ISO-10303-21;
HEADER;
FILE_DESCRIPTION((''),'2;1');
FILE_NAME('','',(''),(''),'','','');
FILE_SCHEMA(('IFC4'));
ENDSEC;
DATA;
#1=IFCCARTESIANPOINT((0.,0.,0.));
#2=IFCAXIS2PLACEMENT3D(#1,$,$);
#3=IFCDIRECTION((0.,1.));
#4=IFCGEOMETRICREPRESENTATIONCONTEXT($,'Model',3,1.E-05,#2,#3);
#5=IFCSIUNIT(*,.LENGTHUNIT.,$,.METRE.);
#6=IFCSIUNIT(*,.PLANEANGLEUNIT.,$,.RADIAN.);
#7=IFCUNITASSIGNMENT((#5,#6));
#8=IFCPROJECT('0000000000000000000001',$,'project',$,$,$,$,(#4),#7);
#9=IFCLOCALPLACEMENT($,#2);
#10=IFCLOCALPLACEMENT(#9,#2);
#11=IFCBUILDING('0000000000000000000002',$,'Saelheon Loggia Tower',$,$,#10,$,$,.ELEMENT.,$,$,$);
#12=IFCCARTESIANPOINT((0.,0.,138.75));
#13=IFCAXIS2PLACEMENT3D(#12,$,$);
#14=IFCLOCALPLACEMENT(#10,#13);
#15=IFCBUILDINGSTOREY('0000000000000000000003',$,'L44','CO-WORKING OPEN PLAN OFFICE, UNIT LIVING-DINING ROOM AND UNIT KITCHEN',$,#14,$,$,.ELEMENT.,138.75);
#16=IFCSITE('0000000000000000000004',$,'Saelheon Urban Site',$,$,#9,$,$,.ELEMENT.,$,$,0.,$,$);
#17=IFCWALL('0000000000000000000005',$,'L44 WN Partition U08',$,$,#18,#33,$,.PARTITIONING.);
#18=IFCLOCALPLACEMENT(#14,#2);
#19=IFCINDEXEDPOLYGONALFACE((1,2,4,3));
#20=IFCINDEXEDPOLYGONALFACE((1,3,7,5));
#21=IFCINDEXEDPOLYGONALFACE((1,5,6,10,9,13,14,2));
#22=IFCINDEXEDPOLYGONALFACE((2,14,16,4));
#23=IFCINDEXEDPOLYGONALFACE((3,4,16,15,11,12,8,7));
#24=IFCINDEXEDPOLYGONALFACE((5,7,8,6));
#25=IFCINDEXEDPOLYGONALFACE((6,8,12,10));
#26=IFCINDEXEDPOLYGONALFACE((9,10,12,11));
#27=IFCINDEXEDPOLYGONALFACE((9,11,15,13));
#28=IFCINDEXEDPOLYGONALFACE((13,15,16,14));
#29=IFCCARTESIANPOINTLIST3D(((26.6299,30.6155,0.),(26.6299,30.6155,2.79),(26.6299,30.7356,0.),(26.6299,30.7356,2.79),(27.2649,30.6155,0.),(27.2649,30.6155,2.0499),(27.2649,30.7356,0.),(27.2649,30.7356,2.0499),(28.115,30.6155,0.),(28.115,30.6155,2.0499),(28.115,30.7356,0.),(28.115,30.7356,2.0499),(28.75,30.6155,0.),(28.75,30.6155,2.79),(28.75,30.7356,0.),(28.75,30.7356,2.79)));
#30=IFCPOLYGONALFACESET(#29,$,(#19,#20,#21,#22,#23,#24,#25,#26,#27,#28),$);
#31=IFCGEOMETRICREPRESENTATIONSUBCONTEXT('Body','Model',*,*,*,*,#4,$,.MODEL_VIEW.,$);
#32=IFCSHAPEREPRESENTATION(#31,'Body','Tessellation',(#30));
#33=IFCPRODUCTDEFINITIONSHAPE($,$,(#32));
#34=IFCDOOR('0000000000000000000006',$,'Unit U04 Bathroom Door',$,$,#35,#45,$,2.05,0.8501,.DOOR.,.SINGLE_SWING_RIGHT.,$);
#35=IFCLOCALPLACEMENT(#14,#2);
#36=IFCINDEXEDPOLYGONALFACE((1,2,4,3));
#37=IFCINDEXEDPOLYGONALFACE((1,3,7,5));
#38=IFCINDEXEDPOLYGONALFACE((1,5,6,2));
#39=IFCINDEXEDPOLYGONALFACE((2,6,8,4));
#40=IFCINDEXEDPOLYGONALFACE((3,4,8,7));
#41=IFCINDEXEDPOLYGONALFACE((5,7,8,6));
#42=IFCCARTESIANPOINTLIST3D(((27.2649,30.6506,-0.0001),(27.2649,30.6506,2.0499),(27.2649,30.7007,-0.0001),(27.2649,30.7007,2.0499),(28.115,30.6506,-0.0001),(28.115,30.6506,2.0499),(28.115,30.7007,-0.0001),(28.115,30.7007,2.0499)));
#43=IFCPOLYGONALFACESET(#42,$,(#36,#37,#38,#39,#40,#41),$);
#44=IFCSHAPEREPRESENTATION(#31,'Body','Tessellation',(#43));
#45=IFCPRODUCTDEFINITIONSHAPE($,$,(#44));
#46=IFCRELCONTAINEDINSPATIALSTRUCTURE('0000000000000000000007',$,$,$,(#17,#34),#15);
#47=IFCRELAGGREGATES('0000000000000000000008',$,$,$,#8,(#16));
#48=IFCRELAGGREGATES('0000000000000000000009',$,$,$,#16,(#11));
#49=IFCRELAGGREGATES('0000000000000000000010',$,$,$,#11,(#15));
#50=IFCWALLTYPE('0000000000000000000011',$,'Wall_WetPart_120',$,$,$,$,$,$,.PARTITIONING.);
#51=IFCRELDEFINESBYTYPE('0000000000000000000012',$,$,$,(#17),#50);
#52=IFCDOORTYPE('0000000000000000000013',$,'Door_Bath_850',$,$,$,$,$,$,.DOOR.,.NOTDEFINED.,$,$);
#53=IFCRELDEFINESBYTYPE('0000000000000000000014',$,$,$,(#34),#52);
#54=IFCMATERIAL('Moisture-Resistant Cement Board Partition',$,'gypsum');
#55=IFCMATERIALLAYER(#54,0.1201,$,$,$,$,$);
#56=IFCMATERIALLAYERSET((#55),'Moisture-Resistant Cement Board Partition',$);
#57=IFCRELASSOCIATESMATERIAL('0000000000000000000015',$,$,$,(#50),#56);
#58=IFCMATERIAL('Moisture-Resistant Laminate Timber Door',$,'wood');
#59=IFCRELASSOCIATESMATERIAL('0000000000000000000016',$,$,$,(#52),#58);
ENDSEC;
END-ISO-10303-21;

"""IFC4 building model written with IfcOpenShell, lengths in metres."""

from ifc_helpers import new_model, si_unit, direction, frame, frame_2d, origin, place, context, subcontext, project, spatial, rectangle, extrude, source, transform, mapped, material, layer, layer_set, type_object, element, fill, save


model = new_model("IFC4")

# Units and contexts
model_context = context("Model", 3, precision=1e-05, world=origin(), true_north=direction((0.0, 1.0)))
body_context = subcontext(model_context, "Body", "Model", "MODEL_VIEW")
ifc_project = project(units=[si_unit("LENGTHUNIT", "METRE"), si_unit("PLANEANGLEUNIT", "RADIAN")], contexts=[model_context])

# Site, building, storey
site_placement = place(None, origin())
site = spatial("IfcSite", under=ifc_project, at=site_placement, Name="Saelheon Urban Site", CompositionType="ELEMENT", RefElevation=0.0)
building_placement = place(site_placement, origin())
building = spatial("IfcBuilding", under=site, at=building_placement, Name="Saelheon Loggia Tower", CompositionType="ELEMENT")
storey_placement = place(building_placement, frame((0.0, 0.0, 138.75)))
storey = spatial("IfcBuildingStorey", under=building, at=storey_placement, Name="L44", Description="CO-WORKING OPEN PLAN OFFICE, UNIT LIVING-DINING ROOM AND UNIT KITCHEN", CompositionType="ELEMENT", Elevation=138.75)

# Wall, opening, door
ifc_material_1 = material(Name="Moisture-Resistant Cement Board Partition", Category="gypsum")
ifc_layer_1 = layer(ifc_material_1, 0.1201)
ifc_layer_set_1 = layer_set([ifc_layer_1], Name="Moisture-Resistant Cement Board Partition")
wall_type_1 = type_object("IfcWallType", Name="Wall_WetPart_120", PredefinedType="PARTITIONING", material=ifc_layer_set_1)
wall_1_placement = place(storey_placement, frame((28.75, 30.6755, 0.0), z_axis=(0.0, 0.0, 1.0), x_axis=(-1.0, 0.0, 0.0)))
wall_1 = element("IfcWall", 1, at=wall_1_placement, inside=storey, type_object=wall_type_1, Name="L44 WN Partition U08", PredefinedType="PARTITIONING", context=body_context, shape_type="SweptSolid", body=[
    extrude(rectangle(XDim=2.1201, YDim=0.1201, at=frame_2d((1.0601, 0.0))), origin(), (0.0, 0.0, 1.0), 2.79),
])
opening_1_placement = place(wall_1_placement, frame((0.635, 0.0, 0.0)))
opening_1 = element("IfcOpeningElement", 2, at=opening_1_placement, cuts=wall_1, PredefinedType="OPENING", context=body_context, shape_type="SweptSolid", body=[
    extrude(rectangle(XDim=0.8501, YDim=2.05, at=frame_2d((0.425, 1.0249))), frame((0.0, 0.072, 0.0), z_axis=(0.0, -1.0, 0.0), x_axis=(1.0, 0.0, 0.0)), (0.0, 0.0, 1.0), 0.144),
])
ifc_material_2 = material(Name="Moisture-Resistant Laminate Timber Door", Category="wood")
door_type_1 = type_object("IfcDoorType", Name="Door_Bath_850", OperationType="NOTDEFINED", PredefinedType="DOOR", material=ifc_material_2)
shared_shape_1 = source(origin(), body_context, "Body", "SweptSolid", [
    extrude(rectangle(XDim=0.8501, YDim=2.05, at=frame_2d((0.425, 1.0249))), frame((0.0, 0.0249, 0.0), z_axis=(0.0, -1.0, 0.0), x_axis=(1.0, 0.0, 0.0)), (0.0, 0.0, 1.0), 0.05),
])
door_1_placement = place(opening_1_placement, origin())
door_1 = element("IfcDoor", 3, at=door_1_placement, inside=storey, type_object=door_type_1, Name="Unit U04 Bathroom Door", OperationType="SINGLE_SWING_RIGHT", OverallHeight=2.05, OverallWidth=0.8501, PredefinedType="DOOR", context=body_context, shape_type="MappedRepresentation", body=[
    mapped(shared_shape_1, transform((0.0, 0.0, 0.0), scale=1.0)),
])
fill(opening_1, door_1)

save(model, "model.ifc")
